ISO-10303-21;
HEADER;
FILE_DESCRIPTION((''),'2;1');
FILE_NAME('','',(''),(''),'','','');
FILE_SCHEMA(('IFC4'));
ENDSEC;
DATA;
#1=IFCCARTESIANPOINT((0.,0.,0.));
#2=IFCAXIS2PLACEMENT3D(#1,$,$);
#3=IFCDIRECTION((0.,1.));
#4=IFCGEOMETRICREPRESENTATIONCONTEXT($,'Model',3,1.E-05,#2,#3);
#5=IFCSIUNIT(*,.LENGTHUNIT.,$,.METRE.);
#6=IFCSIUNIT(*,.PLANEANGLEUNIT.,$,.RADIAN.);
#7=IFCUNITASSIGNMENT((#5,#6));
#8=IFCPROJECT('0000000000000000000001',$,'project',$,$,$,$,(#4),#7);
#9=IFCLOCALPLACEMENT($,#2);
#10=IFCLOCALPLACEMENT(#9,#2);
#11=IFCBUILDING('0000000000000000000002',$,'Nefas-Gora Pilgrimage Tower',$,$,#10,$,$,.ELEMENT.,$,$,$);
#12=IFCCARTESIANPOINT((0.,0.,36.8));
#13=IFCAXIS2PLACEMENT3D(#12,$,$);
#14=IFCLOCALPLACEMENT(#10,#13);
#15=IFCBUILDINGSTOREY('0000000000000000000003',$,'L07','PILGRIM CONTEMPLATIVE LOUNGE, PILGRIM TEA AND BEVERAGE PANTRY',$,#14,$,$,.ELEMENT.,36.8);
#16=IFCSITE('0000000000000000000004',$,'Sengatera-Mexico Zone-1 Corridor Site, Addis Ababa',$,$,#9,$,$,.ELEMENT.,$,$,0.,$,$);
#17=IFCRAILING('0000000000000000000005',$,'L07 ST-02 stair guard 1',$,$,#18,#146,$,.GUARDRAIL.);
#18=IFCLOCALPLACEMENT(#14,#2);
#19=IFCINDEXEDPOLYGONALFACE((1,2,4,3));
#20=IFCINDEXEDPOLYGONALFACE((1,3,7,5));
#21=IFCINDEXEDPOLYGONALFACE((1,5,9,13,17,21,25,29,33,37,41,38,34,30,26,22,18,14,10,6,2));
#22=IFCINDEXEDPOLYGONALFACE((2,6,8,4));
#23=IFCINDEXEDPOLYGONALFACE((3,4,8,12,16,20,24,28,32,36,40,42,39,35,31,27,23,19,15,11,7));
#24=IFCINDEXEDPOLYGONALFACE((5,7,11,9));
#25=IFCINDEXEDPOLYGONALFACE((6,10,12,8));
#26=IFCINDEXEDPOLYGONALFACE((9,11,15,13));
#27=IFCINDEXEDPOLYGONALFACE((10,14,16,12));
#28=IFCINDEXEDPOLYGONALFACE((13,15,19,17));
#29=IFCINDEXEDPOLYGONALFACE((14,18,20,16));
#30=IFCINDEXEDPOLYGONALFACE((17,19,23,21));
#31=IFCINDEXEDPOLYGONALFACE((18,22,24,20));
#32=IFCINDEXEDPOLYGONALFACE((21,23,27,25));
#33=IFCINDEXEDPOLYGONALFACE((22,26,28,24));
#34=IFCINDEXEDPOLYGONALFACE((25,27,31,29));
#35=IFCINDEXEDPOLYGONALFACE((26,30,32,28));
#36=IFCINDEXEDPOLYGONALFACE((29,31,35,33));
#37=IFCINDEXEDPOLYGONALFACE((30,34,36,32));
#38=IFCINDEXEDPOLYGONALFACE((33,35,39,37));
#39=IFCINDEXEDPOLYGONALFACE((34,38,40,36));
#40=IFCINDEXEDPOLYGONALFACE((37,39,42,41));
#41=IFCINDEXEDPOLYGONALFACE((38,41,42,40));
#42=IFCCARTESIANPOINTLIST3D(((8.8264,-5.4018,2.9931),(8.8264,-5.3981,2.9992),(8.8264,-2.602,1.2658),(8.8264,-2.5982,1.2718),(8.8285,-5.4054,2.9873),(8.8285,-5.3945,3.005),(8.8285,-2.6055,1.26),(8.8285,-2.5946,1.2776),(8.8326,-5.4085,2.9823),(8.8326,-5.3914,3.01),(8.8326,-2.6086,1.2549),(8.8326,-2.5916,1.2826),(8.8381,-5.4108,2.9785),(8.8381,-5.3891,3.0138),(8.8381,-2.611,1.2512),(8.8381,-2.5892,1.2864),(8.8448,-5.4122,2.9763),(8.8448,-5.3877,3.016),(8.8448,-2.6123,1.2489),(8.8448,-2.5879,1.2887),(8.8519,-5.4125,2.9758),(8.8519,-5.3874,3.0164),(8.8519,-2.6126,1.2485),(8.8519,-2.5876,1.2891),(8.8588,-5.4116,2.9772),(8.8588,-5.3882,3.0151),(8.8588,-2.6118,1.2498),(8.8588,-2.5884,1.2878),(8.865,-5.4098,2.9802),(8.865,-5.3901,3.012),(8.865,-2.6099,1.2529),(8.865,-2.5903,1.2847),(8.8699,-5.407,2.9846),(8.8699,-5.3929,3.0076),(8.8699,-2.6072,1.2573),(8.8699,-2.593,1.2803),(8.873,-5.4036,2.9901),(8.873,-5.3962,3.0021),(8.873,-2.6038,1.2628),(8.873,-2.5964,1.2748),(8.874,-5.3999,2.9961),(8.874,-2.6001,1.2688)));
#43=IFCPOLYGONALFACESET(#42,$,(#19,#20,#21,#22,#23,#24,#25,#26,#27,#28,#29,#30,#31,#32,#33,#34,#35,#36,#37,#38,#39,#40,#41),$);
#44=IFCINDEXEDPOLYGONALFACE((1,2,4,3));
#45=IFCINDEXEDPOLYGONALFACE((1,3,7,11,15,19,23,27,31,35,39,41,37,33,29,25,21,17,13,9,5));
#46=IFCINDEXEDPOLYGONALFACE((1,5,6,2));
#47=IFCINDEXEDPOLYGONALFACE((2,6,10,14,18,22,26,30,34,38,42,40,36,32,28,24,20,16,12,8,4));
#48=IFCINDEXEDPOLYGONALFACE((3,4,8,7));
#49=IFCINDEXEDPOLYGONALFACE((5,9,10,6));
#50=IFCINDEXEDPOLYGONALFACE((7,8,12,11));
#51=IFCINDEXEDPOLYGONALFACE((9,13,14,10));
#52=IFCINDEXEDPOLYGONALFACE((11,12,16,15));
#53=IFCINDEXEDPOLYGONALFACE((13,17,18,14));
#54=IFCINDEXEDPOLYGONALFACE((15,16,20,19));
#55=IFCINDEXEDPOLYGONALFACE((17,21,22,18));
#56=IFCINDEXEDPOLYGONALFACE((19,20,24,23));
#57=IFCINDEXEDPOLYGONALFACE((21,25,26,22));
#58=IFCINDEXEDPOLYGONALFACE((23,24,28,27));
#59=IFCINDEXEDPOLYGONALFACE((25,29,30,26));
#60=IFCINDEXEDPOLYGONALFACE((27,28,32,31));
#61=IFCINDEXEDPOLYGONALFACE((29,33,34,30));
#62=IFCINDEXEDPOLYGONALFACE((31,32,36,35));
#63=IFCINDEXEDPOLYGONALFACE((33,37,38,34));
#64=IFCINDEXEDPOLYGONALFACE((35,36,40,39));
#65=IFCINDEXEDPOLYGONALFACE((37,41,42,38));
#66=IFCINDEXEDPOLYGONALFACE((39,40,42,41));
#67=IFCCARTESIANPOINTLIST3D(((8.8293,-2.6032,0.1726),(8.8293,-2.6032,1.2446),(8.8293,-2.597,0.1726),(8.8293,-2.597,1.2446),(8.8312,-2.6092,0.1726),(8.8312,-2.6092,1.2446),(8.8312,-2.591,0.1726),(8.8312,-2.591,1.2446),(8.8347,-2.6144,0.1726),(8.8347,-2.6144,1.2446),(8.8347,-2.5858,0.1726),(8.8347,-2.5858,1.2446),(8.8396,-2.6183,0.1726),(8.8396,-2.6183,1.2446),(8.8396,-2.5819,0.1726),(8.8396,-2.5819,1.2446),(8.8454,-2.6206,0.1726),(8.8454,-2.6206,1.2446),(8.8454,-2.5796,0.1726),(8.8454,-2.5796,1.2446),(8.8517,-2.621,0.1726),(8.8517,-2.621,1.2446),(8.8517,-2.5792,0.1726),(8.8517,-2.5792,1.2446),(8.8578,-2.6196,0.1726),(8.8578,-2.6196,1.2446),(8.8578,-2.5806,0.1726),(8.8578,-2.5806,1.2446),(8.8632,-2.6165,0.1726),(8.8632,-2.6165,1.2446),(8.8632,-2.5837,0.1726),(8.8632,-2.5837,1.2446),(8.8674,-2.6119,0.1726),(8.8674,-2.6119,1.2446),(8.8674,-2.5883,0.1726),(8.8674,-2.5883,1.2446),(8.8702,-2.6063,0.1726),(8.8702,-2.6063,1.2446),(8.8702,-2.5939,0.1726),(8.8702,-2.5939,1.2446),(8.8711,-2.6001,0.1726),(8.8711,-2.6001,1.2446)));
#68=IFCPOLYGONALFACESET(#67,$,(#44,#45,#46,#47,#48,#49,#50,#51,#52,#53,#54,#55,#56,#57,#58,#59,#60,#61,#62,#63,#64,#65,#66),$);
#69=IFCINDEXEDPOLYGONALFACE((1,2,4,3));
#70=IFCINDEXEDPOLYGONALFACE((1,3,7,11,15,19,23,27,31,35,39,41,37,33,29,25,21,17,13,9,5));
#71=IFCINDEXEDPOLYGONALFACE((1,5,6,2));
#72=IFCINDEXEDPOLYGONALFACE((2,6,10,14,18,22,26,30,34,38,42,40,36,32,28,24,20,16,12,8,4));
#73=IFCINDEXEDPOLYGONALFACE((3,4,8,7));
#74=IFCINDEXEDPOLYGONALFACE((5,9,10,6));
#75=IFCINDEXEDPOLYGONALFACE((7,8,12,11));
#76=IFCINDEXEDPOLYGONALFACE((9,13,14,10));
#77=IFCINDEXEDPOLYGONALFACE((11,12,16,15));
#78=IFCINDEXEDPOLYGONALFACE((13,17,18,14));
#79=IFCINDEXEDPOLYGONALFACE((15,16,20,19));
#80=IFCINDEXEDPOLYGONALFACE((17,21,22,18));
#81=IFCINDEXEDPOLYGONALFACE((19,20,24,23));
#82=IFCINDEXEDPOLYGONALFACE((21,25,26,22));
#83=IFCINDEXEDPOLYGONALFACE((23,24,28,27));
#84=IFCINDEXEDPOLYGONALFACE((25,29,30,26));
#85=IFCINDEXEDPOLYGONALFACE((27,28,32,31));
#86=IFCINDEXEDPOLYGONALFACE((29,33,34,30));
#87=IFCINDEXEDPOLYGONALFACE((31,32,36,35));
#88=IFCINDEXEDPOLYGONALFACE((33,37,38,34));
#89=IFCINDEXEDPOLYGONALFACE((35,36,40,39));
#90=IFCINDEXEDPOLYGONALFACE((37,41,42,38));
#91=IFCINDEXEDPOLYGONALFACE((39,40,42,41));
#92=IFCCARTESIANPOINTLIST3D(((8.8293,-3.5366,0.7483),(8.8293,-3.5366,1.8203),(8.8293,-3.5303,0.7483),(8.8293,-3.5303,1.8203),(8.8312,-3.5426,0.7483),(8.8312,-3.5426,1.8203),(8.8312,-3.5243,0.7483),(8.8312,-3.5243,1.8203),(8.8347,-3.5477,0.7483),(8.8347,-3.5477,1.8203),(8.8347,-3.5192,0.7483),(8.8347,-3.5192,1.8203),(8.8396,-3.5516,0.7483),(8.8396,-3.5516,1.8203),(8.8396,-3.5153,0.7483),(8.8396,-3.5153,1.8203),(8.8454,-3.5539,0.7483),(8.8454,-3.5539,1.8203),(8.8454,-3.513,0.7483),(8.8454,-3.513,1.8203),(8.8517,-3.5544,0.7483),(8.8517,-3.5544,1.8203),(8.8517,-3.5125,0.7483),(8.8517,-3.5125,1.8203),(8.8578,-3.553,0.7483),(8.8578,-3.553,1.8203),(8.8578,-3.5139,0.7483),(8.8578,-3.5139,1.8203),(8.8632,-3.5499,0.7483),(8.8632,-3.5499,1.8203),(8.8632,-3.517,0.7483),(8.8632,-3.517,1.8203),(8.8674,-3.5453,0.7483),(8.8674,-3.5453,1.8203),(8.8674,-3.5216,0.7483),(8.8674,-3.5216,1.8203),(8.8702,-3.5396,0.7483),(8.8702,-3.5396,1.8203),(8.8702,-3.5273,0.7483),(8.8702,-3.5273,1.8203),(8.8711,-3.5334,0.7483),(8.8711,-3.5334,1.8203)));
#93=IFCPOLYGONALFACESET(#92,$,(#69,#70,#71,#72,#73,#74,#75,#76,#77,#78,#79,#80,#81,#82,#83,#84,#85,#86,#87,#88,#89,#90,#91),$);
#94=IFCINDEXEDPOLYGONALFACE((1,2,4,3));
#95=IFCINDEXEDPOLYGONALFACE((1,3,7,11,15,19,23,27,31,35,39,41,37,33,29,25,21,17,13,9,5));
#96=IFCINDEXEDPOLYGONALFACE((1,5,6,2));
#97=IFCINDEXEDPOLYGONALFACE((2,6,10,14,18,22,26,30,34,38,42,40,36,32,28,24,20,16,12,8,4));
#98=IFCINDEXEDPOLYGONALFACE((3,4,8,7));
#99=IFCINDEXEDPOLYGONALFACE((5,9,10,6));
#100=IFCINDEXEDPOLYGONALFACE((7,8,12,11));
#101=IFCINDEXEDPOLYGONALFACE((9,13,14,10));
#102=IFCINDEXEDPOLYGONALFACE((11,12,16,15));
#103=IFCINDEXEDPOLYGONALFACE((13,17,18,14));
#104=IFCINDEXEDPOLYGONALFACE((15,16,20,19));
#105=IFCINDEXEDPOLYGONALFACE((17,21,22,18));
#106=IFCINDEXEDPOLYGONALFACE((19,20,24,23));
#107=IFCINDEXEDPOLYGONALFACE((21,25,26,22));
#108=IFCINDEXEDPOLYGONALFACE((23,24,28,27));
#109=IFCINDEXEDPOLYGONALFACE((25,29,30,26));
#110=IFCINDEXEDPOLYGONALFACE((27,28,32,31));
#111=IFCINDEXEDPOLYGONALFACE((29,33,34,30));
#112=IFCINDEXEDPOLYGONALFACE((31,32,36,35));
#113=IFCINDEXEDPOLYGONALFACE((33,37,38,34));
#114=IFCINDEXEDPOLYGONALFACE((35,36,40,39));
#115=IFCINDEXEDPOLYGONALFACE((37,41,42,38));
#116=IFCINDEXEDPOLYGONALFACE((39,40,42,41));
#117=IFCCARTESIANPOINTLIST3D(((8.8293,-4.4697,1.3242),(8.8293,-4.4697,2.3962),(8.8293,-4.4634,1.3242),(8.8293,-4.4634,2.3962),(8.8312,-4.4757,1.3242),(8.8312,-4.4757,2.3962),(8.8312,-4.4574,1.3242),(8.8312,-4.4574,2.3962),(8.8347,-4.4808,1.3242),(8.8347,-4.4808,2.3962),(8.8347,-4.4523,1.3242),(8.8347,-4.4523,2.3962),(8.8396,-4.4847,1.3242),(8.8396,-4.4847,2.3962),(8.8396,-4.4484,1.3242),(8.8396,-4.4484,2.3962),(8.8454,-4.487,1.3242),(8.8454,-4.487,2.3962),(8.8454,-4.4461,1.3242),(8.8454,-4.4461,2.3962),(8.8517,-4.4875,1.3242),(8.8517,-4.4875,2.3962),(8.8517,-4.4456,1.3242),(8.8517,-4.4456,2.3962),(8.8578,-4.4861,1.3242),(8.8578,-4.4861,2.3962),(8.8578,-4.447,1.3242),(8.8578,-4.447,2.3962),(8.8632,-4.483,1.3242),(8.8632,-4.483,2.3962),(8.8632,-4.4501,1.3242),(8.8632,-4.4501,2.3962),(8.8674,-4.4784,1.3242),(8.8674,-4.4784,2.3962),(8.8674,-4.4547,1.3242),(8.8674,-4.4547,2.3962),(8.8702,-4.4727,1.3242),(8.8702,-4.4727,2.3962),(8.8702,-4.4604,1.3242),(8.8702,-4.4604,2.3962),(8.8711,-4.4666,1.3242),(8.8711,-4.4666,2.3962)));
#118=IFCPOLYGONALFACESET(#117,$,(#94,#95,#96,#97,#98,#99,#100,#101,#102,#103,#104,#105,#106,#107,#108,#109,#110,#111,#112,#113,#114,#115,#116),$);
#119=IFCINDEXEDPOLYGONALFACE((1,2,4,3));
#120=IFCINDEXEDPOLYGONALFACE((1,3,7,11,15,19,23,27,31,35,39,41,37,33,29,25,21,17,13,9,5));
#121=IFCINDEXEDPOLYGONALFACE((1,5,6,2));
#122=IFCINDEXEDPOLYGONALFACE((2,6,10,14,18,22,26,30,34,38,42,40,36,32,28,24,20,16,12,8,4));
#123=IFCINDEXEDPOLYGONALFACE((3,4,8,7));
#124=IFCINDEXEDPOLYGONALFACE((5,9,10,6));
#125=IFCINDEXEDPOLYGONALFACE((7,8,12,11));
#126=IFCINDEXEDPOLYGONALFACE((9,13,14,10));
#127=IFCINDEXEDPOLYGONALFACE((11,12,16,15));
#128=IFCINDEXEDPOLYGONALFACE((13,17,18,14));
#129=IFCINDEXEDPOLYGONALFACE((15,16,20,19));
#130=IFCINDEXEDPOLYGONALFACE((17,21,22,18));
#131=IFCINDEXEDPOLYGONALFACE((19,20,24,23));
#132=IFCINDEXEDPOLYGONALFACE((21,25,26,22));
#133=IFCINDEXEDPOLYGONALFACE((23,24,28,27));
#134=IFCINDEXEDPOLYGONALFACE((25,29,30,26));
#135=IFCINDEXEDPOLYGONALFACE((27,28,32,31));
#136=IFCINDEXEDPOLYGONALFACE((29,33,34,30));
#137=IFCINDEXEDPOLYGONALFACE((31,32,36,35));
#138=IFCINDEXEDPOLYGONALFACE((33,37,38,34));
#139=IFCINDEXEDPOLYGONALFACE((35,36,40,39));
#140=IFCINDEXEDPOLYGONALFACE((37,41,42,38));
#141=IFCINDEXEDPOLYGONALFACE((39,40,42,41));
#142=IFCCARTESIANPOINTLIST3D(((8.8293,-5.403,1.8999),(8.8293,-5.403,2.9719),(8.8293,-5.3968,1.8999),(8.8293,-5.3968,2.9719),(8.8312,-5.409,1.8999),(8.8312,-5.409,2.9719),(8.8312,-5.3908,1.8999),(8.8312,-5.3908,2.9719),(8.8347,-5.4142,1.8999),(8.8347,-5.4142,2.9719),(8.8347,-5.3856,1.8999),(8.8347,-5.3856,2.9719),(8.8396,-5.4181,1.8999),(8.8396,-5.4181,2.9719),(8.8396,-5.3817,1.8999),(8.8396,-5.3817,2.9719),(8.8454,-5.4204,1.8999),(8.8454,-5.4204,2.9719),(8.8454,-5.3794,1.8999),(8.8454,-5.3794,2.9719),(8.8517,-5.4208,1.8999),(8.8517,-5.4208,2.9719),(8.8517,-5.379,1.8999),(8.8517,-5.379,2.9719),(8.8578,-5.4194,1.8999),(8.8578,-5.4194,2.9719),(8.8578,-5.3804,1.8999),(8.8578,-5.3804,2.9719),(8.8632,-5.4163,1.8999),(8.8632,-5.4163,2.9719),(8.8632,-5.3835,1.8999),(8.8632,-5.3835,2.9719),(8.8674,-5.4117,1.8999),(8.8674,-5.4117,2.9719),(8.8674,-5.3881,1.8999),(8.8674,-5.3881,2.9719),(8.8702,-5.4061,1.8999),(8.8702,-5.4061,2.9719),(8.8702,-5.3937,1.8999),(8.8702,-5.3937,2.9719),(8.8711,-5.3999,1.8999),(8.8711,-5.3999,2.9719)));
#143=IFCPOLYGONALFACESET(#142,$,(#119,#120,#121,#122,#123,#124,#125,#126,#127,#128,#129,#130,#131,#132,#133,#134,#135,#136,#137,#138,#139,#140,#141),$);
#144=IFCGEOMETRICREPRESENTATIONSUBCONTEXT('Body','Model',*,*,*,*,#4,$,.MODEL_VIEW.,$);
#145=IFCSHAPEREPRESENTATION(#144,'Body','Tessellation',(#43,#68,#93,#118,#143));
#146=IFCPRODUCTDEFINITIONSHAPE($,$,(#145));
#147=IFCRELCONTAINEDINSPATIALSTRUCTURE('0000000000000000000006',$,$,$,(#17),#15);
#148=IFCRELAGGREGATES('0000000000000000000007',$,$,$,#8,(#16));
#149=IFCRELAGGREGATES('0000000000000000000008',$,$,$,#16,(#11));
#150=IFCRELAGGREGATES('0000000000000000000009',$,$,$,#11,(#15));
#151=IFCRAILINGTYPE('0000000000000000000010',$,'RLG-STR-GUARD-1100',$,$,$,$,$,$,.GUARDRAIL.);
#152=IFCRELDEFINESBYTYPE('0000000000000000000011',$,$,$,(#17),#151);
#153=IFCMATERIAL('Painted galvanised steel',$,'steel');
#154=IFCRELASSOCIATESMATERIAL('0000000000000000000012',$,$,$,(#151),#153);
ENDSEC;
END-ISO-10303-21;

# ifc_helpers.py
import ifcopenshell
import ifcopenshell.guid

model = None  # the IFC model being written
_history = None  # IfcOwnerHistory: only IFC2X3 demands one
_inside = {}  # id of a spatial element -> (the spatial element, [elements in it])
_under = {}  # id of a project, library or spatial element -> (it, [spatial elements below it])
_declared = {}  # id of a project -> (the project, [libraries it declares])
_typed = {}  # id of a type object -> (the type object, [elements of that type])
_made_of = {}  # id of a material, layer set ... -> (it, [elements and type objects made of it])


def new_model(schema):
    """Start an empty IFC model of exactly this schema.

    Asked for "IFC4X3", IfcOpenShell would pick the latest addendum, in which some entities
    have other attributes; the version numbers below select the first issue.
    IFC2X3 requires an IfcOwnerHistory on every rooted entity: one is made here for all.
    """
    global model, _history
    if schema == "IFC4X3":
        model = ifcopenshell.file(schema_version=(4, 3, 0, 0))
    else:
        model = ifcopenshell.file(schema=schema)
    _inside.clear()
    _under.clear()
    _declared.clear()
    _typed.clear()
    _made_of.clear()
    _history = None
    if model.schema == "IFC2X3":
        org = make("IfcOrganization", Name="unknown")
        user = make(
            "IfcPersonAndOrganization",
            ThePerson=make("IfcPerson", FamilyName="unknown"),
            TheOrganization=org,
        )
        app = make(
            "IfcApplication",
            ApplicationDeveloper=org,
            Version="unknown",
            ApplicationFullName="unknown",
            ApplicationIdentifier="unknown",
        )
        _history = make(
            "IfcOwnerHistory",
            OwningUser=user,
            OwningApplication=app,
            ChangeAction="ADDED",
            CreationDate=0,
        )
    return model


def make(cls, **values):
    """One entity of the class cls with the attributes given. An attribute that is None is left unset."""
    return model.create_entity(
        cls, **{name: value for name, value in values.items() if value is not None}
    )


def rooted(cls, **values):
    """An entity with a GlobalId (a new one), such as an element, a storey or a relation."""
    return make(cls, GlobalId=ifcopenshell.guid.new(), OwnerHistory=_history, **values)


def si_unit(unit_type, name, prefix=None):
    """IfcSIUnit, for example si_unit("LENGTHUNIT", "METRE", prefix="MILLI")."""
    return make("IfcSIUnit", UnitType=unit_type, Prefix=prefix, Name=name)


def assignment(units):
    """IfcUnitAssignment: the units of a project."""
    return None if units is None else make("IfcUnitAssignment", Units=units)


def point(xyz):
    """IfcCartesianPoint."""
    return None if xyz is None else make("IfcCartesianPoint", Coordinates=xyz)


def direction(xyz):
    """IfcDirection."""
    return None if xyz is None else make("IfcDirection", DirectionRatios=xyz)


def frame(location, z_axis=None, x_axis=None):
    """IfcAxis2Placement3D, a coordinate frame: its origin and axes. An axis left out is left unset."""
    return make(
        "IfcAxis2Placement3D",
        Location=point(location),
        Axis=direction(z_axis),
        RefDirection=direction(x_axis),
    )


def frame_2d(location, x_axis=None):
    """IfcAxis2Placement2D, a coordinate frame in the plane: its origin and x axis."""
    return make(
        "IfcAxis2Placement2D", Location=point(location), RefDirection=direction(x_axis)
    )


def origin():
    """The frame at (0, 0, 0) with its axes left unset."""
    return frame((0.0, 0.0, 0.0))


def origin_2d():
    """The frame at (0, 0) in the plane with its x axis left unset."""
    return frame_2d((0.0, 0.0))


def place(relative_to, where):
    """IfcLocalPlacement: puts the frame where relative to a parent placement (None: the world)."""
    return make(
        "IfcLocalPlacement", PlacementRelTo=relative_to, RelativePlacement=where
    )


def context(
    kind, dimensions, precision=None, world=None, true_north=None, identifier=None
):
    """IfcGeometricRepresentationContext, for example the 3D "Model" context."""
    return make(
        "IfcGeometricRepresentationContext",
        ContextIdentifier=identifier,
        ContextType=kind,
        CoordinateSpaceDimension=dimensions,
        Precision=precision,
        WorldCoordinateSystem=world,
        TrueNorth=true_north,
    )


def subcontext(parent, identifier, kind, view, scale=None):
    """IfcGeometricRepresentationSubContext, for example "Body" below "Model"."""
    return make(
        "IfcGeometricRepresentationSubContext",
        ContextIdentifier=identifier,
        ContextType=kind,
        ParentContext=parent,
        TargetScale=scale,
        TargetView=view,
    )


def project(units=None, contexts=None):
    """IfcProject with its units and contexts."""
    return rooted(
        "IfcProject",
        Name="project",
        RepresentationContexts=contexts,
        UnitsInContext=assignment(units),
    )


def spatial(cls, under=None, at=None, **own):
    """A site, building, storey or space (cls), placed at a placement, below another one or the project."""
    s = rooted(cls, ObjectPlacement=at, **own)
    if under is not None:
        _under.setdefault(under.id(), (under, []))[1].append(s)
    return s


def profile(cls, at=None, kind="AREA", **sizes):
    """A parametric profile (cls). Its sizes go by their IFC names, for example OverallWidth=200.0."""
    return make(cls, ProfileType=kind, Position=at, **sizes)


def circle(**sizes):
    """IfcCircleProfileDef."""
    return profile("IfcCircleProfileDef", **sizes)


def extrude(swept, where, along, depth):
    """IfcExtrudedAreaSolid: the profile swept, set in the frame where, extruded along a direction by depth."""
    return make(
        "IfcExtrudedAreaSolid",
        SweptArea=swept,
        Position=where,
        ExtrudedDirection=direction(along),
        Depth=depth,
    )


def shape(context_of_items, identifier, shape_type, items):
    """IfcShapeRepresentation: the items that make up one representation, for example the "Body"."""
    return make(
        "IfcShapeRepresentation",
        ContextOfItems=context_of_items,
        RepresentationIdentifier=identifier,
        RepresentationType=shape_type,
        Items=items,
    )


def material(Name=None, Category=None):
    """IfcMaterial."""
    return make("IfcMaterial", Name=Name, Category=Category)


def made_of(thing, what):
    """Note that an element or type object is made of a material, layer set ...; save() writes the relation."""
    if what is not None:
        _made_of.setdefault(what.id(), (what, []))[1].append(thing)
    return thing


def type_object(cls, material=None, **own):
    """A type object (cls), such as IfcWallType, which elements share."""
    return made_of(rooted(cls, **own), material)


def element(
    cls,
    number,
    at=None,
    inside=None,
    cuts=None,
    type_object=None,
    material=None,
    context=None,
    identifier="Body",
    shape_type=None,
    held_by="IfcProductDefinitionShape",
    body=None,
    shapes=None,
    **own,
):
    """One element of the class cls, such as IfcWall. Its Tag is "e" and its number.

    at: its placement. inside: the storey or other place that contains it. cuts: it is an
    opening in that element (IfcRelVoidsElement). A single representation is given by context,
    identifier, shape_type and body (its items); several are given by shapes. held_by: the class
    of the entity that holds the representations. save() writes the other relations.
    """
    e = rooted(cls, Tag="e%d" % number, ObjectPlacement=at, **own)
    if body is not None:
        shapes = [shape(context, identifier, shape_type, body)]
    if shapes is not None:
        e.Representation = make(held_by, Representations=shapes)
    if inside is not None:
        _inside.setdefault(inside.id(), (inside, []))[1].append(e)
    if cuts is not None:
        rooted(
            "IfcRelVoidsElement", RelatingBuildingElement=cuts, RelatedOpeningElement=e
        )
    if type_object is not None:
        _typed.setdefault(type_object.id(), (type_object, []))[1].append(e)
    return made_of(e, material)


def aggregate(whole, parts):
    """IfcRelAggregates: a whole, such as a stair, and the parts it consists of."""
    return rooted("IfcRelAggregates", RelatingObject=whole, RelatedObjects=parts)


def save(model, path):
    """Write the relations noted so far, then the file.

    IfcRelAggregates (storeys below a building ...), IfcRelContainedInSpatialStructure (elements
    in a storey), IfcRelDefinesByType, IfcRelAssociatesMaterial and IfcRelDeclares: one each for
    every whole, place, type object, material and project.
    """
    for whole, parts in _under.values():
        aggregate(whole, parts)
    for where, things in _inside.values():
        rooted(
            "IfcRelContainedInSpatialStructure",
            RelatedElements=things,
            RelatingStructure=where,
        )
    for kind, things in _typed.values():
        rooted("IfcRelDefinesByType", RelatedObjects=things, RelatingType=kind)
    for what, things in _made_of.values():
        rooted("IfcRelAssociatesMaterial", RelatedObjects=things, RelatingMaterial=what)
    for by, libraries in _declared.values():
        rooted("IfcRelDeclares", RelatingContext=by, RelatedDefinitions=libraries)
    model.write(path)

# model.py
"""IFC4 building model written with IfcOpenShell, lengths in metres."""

from ifc_helpers import new_model, si_unit, direction, frame, origin, origin_2d, place, context, subcontext, project, spatial, circle, extrude, material, type_object, element, save


model = new_model("IFC4")

# Units and contexts
model_context = context("Model", 3, precision=1e-05, world=origin(), true_north=direction((0.0, 1.0)))
body_context = subcontext(model_context, "Body", "Model", "MODEL_VIEW")
ifc_project = project(units=[si_unit("LENGTHUNIT", "METRE"), si_unit("PLANEANGLEUNIT", "RADIAN")], contexts=[model_context])

# Site, building, storey
site_placement = place(None, origin())
site = spatial("IfcSite", under=ifc_project, at=site_placement, Name="Sengatera-Mexico Zone-1 Corridor Site, Addis Ababa", CompositionType="ELEMENT", RefElevation=0.0)
building_placement = place(site_placement, origin())
building = spatial("IfcBuilding", under=site, at=building_placement, Name="Nefas-Gora Pilgrimage Tower", CompositionType="ELEMENT")
storey_placement = place(building_placement, frame((0.0, 0.0, 36.8)))
storey = spatial("IfcBuildingStorey", under=building, at=storey_placement, Name="L07", Description="PILGRIM CONTEMPLATIVE LOUNGE, PILGRIM TEA AND BEVERAGE PANTRY", CompositionType="ELEMENT", Elevation=36.8)

# Railing
ifc_material_1 = material(Name="Painted galvanised steel", Category="steel")
railing_type_1 = type_object("IfcRailingType", Name="RLG-STR-GUARD-1100", PredefinedType="GUARDRAIL", material=ifc_material_1)
railing_1_placement = place(storey_placement, frame((8.8501, -2.6001, 0.1726)))
element("IfcRailing", 1, at=railing_1_placement, inside=storey, type_object=railing_type_1, Name="L07 ST-02 stair guard 1", PredefinedType="GUARDRAIL", context=body_context, shape_type="SweptSolid", body=[
    extrude(circle(Radius=0.0239, at=origin_2d()), frame((0.0, 0.0, 1.0962), z_axis=(0.0, -0.851069, 0.525054), x_axis=(1.0, 0.0, 0.0)), (0.0, 0.0, 1.0), 3.2898),
    extrude(circle(Radius=0.021, at=origin_2d()), origin(), (0.0, 0.0, 1.0), 1.072),
    extrude(circle(Radius=0.021, at=origin_2d()), frame((0.0, -0.9333, 0.5757)), (0.0, 0.0, 1.0), 1.072),
    extrude(circle(Radius=0.021, at=origin_2d()), frame((0.0, -1.8665, 1.1516)), (0.0, 0.0, 1.0), 1.072),
    extrude(circle(Radius=0.021, at=origin_2d()), frame((0.0, -2.7998, 1.7273)), (0.0, 0.0, 1.0), 1.072),
])

save(model, "model.ifc")
